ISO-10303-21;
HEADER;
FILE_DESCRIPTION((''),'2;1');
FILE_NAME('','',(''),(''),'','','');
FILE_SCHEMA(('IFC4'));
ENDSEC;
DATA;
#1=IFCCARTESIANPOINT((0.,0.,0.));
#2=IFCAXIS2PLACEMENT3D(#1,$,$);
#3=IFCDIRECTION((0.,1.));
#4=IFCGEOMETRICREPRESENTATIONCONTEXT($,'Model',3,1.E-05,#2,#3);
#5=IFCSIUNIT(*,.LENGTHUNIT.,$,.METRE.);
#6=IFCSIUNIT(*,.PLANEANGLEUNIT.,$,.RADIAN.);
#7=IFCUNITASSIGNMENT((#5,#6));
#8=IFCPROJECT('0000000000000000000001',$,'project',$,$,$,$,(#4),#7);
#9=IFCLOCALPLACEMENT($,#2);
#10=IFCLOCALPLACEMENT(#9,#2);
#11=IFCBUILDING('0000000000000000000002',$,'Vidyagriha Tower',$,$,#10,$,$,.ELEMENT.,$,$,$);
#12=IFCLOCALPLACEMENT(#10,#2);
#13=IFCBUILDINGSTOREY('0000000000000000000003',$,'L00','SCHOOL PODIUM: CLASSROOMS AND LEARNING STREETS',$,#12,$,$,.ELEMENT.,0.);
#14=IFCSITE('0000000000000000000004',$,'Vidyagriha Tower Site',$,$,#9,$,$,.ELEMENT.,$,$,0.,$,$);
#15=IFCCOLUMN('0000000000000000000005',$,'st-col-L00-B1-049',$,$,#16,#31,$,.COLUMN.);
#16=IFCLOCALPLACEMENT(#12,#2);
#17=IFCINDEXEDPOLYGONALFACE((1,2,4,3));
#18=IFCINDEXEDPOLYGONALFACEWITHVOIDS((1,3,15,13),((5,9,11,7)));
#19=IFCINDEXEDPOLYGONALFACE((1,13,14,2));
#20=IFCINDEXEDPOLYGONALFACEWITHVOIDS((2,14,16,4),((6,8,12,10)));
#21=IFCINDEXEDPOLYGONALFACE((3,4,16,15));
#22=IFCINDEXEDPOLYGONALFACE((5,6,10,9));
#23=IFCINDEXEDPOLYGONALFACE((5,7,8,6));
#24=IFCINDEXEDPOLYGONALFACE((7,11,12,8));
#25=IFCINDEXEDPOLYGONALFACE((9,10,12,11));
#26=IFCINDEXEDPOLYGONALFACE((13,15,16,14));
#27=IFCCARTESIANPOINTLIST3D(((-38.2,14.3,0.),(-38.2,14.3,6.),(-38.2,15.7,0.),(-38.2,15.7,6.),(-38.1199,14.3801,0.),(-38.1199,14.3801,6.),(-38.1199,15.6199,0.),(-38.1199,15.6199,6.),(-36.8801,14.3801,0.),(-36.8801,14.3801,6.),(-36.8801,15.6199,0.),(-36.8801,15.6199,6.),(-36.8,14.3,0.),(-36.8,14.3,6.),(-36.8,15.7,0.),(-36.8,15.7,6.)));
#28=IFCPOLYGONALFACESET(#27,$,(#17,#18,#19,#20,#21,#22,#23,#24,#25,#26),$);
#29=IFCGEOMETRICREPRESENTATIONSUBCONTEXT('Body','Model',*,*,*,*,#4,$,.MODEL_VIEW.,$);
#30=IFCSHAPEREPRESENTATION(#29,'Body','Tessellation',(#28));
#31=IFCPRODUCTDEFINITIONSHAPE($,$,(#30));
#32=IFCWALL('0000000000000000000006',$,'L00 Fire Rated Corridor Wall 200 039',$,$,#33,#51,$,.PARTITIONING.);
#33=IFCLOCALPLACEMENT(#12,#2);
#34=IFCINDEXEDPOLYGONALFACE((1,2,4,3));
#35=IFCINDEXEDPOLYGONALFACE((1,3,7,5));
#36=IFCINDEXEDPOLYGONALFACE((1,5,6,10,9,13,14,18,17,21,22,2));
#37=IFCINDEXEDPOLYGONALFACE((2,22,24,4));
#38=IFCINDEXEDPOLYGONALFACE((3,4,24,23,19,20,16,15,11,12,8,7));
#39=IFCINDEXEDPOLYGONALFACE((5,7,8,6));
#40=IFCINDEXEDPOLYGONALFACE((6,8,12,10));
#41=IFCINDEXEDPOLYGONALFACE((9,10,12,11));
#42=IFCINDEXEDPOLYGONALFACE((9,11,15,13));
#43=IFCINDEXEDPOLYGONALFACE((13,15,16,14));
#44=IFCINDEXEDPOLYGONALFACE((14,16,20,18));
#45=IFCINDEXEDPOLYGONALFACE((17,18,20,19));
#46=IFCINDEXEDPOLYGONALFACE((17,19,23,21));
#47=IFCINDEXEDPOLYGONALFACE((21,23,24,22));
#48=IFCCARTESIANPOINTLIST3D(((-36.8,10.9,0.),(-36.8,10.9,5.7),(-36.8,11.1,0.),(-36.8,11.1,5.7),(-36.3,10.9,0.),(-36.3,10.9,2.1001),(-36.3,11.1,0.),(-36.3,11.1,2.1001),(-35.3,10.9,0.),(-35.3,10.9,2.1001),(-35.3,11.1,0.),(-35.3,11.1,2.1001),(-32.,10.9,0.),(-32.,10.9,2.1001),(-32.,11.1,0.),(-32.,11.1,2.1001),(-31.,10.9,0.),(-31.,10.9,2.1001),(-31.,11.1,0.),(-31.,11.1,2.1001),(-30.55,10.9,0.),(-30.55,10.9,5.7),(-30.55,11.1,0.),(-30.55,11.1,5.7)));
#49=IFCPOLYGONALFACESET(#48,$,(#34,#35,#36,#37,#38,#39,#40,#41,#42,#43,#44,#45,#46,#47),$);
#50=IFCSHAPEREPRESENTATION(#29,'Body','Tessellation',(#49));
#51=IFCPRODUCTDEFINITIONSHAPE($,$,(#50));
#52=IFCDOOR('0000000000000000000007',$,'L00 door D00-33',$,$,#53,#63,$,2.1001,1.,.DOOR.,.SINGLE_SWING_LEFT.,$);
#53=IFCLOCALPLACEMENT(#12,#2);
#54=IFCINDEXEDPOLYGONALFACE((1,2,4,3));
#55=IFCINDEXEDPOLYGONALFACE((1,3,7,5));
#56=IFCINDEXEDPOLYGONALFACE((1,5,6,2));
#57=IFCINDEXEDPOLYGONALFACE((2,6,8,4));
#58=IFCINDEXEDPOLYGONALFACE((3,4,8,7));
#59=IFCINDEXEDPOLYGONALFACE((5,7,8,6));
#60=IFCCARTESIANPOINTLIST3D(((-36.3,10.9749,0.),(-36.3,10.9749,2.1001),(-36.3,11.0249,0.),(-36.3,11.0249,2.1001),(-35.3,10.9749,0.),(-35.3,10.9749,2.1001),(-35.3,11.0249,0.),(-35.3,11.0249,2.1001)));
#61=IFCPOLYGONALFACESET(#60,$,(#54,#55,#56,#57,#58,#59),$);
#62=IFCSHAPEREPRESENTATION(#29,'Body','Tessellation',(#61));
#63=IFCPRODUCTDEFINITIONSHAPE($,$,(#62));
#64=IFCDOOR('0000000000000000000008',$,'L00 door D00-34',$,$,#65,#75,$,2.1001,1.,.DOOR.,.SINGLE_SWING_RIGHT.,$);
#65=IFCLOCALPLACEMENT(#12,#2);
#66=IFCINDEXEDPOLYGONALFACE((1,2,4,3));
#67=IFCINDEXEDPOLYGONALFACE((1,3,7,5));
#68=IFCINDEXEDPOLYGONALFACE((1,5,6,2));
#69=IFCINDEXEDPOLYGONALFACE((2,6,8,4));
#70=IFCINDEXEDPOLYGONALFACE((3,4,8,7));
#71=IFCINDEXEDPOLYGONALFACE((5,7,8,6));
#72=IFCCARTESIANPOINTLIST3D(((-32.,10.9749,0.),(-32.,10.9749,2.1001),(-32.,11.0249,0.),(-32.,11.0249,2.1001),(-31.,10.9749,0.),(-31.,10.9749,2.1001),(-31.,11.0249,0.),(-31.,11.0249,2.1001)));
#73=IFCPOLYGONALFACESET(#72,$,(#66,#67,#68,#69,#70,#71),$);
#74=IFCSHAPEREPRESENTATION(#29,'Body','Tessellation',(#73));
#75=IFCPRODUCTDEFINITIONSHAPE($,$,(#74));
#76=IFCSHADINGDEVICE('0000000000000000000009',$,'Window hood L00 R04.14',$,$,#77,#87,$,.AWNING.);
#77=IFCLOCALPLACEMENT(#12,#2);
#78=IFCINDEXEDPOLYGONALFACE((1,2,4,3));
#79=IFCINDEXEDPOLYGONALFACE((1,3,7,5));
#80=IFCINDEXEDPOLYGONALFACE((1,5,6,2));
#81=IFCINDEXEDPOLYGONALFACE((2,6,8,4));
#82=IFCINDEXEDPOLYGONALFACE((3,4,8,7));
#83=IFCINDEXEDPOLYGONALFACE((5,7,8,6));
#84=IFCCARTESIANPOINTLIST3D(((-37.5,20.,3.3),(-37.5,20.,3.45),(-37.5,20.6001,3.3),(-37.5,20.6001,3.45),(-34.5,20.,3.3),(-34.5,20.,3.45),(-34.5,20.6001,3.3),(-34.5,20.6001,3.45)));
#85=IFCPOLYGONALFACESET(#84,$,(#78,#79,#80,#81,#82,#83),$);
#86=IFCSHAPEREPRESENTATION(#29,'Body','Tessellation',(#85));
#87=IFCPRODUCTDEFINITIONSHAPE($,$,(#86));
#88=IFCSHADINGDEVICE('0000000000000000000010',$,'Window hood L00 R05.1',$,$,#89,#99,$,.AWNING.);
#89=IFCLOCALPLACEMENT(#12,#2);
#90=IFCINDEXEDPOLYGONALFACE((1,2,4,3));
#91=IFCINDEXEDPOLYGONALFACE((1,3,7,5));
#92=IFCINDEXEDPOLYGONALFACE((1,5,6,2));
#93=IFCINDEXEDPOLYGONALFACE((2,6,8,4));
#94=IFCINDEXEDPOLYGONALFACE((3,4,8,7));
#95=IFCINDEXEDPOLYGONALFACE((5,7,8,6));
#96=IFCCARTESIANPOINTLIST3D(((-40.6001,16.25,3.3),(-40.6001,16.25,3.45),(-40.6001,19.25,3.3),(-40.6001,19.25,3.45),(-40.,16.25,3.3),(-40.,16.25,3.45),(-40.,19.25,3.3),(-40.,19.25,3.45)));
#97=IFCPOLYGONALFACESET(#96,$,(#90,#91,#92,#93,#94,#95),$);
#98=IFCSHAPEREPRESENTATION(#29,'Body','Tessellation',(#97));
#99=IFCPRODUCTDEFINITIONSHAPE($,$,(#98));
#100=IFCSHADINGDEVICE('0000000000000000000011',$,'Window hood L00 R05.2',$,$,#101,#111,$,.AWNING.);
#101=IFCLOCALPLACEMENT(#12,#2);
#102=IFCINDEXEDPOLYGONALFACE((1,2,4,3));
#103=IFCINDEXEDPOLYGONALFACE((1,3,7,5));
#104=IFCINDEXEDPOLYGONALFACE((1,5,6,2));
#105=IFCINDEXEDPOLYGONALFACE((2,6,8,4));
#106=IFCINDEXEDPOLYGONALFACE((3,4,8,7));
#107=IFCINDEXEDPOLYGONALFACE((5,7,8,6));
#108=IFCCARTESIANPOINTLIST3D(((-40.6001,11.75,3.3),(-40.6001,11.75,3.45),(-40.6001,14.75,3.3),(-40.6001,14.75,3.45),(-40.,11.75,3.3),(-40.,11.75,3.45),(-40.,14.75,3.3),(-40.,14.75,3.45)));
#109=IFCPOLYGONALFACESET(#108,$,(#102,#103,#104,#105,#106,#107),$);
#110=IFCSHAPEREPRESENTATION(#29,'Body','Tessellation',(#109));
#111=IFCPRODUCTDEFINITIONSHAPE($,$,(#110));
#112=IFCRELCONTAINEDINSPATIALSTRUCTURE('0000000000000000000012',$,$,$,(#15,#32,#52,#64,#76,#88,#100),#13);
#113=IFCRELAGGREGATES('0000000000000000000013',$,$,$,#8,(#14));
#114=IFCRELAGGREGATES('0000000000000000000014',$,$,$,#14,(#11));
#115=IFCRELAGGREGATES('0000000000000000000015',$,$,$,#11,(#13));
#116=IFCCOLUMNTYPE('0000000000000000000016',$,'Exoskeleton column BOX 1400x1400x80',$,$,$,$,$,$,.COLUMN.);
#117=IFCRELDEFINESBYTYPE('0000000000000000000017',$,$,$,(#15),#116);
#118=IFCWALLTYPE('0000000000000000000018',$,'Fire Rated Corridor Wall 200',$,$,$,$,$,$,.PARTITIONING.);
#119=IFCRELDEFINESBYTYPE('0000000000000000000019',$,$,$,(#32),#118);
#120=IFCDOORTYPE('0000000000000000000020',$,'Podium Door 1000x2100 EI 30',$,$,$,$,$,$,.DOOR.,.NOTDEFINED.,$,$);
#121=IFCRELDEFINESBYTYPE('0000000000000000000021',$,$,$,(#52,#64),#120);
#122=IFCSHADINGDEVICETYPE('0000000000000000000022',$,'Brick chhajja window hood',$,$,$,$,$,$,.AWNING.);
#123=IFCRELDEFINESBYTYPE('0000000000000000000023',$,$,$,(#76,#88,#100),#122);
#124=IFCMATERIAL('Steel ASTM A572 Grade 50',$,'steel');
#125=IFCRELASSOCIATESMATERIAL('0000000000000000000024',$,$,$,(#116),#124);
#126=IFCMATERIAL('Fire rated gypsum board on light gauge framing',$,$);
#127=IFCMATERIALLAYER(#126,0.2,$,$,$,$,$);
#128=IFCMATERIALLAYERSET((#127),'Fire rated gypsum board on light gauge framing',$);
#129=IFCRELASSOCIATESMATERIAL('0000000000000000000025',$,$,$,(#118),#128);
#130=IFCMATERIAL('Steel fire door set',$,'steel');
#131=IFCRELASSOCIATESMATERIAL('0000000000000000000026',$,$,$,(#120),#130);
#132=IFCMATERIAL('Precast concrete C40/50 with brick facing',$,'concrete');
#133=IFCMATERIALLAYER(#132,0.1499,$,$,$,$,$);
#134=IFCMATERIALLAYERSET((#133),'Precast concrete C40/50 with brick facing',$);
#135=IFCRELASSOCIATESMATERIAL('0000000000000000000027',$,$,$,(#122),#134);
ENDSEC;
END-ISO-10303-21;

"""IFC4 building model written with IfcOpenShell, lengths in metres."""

from ifc_helpers import new_model, si_unit, direction, frame, frame_2d, origin, origin_2d, place, context, subcontext, project, spatial, rectangle, hollow_rectangle, extrude, material, layer, layer_set, material_profile, profile_set, type_object, element, fill, save


model = new_model("IFC4")

# Units and contexts
model_context = context("Model", 3, precision=1e-05, world=origin(), true_north=direction((0.0, 1.0)))
body_context = subcontext(model_context, "Body", "Model", "MODEL_VIEW")
ifc_project = project(units=[si_unit("LENGTHUNIT", "METRE"), si_unit("PLANEANGLEUNIT", "RADIAN")], contexts=[model_context])

# Site, building, storey
site_placement = place(None, origin())
site = spatial("IfcSite", under=ifc_project, at=site_placement, Name="Vidyagriha Tower Site", CompositionType="ELEMENT", RefElevation=0.0)
building_placement = place(site_placement, origin())
building = spatial("IfcBuilding", under=site, at=building_placement, Name="Vidyagriha Tower", CompositionType="ELEMENT")
storey_placement = place(building_placement, origin())
storey = spatial("IfcBuildingStorey", under=building, at=storey_placement, Name="L00", Description="SCHOOL PODIUM: CLASSROOMS AND LEARNING STREETS", CompositionType="ELEMENT", Elevation=0.0)

# Column
ifc_material_1 = material(Name="Steel ASTM A572 Grade 50", Category="steel")
ifc_material_profile = material_profile(ifc_material_1, hollow_rectangle(XDim=1.3999, YDim=1.3999, WallThickness=0.0801, at=origin_2d()), Name="BOX 1400x1400x80")
ifc_profile_set = profile_set([ifc_material_profile], Name="Steel ASTM A572 Grade 50")
column_type = type_object("IfcColumnType", Name="Exoskeleton column BOX 1400x1400x80", PredefinedType="COLUMN", material=ifc_profile_set)
column_placement = place(storey_placement, frame((-37.5, 15.0, 0.0)))
element("IfcColumn", 1, at=column_placement, inside=storey, type_object=column_type, Name="st-col-L00-B1-049", PredefinedType="COLUMN", context=body_context, shape_type="SweptSolid", body=[
    extrude(hollow_rectangle(XDim=1.3999, YDim=1.3999, WallThickness=0.0801, at=origin_2d()), origin(), (0.0, 0.0, 1.0), 6.0),
])

# Wall, openings, doors
ifc_material_2 = material(Name="Fire rated gypsum board on light gauge framing")
ifc_layer_1 = layer(ifc_material_2, 0.2)
ifc_layer_set_1 = layer_set([ifc_layer_1], Name="Fire rated gypsum board on light gauge framing")
wall_type_1 = type_object("IfcWallType", Name="Fire Rated Corridor Wall 200", PredefinedType="PARTITIONING", material=ifc_layer_set_1)
wall_1_placement = place(storey_placement, frame((-36.8, 11.0, 0.0)))
wall_1 = element("IfcWall", 2, at=wall_1_placement, inside=storey, type_object=wall_type_1, Name="L00 Fire Rated Corridor Wall 200 039", PredefinedType="PARTITIONING", context=body_context, shape_type="SweptSolid", body=[
    extrude(rectangle(XDim=6.25, YDim=0.2, at=frame_2d((3.125, 0.0))), origin(), (0.0, 0.0, 1.0), 5.7),
])
opening_1_placement = place(wall_1_placement, frame((0.5, 0.0, 0.0)))
opening_1 = element("IfcOpeningElement", 3, at=opening_1_placement, cuts=wall_1, PredefinedType="OPENING", context=body_context, shape_type="SweptSolid", body=[
    extrude(rectangle(XDim=1.0, YDim=2.1001, at=frame_2d((0.5, 1.05))), frame((0.0, 0.1099, 0.0), z_axis=(0.0, -1.0, 0.0), x_axis=(1.0, 0.0, 0.0)), (0.0, 0.0, 1.0), 0.22),
])
opening_2_placement = place(wall_1_placement, frame((4.8, 0.0, 0.0)))
opening_2 = element("IfcOpeningElement", 4, at=opening_2_placement, cuts=wall_1, PredefinedType="OPENING", context=body_context, shape_type="SweptSolid", body=[
    extrude(rectangle(XDim=1.0, YDim=2.1001, at=frame_2d((0.5, 1.05))), frame((0.0, 0.1099, 0.0), z_axis=(0.0, -1.0, 0.0), x_axis=(1.0, 0.0, 0.0)), (0.0, 0.0, 1.0), 0.22),
])
ifc_material_3 = material(Name="Steel fire door set", Category="steel")
door_type_1 = type_object("IfcDoorType", Name="Podium Door 1000x2100 EI 30", OperationType="NOTDEFINED", PredefinedType="DOOR", material=ifc_material_3)
door_1_placement = place(opening_1_placement, origin())
door_1 = element("IfcDoor", 5, at=door_1_placement, inside=storey, type_object=door_type_1, Name="L00 door D00-33", OperationType="SINGLE_SWING_LEFT", OverallHeight=2.1001, OverallWidth=1.0, PredefinedType="DOOR", context=body_context, shape_type="SweptSolid", body=[
    extrude(rectangle(XDim=1.0, YDim=2.1001, at=frame_2d((0.5, 1.05))), frame((0.0, 0.0249, 0.0), z_axis=(0.0, -1.0, 0.0), x_axis=(1.0, 0.0, 0.0)), (0.0, 0.0, 1.0), 0.05),
])
fill(opening_1, door_1)
door_2_placement = place(opening_2_placement, origin())
door_2 = element("IfcDoor", 6, at=door_2_placement, inside=storey, type_object=door_type_1, Name="L00 door D00-34", OperationType="SINGLE_SWING_RIGHT", OverallHeight=2.1001, OverallWidth=1.0, PredefinedType="DOOR", context=body_context, shape_type="SweptSolid", body=[
    extrude(rectangle(XDim=1.0, YDim=2.1001, at=frame_2d((0.5, 1.05))), frame((0.0, 0.0249, 0.0), z_axis=(0.0, -1.0, 0.0), x_axis=(1.0, 0.0, 0.0)), (0.0, 0.0, 1.0), 0.05),
])
fill(opening_2, door_2)

# Shading devices
ifc_material_4 = material(Name="Precast concrete C40/50 with brick facing", Category="concrete")
ifc_layer_2 = layer(ifc_material_4, 0.1499)
ifc_layer_set_2 = layer_set([ifc_layer_2], Name="Precast concrete C40/50 with brick facing")
shading_device_type = type_object("IfcShadingDeviceType", Name="Brick chhajja window hood", PredefinedType="AWNING", material=ifc_layer_set_2)
for number, where, z_axis, x_axis, name in (
    (7, (-36.0, 20.3, 3.3), (0.0, 0.0, 1.0), (-1.0, 0.0, 0.0), "Window hood L00 R04.14"),
    (8, (-40.3, 17.75, 3.3), (0.0, 0.0, 1.0), (0.0, -1.0, 0.0), "Window hood L00 R05.1"),
    (9, (-40.3, 13.25, 3.3), (0.0, 0.0, 1.0), (0.0, -1.0, 0.0), "Window hood L00 R05.2"),
):
    element("IfcShadingDevice", number, at=place(storey_placement, frame(where, z_axis=z_axis, x_axis=x_axis)), inside=storey, type_object=shading_device_type, Name=name, PredefinedType="AWNING", context=body_context, shape_type="SweptSolid", body=[
        extrude(rectangle(XDim=3.0, YDim=0.6001, at=origin_2d()), origin(), (0.0, 0.0, 1.0), 0.1499),
    ])

save(model, "model.ifc")
